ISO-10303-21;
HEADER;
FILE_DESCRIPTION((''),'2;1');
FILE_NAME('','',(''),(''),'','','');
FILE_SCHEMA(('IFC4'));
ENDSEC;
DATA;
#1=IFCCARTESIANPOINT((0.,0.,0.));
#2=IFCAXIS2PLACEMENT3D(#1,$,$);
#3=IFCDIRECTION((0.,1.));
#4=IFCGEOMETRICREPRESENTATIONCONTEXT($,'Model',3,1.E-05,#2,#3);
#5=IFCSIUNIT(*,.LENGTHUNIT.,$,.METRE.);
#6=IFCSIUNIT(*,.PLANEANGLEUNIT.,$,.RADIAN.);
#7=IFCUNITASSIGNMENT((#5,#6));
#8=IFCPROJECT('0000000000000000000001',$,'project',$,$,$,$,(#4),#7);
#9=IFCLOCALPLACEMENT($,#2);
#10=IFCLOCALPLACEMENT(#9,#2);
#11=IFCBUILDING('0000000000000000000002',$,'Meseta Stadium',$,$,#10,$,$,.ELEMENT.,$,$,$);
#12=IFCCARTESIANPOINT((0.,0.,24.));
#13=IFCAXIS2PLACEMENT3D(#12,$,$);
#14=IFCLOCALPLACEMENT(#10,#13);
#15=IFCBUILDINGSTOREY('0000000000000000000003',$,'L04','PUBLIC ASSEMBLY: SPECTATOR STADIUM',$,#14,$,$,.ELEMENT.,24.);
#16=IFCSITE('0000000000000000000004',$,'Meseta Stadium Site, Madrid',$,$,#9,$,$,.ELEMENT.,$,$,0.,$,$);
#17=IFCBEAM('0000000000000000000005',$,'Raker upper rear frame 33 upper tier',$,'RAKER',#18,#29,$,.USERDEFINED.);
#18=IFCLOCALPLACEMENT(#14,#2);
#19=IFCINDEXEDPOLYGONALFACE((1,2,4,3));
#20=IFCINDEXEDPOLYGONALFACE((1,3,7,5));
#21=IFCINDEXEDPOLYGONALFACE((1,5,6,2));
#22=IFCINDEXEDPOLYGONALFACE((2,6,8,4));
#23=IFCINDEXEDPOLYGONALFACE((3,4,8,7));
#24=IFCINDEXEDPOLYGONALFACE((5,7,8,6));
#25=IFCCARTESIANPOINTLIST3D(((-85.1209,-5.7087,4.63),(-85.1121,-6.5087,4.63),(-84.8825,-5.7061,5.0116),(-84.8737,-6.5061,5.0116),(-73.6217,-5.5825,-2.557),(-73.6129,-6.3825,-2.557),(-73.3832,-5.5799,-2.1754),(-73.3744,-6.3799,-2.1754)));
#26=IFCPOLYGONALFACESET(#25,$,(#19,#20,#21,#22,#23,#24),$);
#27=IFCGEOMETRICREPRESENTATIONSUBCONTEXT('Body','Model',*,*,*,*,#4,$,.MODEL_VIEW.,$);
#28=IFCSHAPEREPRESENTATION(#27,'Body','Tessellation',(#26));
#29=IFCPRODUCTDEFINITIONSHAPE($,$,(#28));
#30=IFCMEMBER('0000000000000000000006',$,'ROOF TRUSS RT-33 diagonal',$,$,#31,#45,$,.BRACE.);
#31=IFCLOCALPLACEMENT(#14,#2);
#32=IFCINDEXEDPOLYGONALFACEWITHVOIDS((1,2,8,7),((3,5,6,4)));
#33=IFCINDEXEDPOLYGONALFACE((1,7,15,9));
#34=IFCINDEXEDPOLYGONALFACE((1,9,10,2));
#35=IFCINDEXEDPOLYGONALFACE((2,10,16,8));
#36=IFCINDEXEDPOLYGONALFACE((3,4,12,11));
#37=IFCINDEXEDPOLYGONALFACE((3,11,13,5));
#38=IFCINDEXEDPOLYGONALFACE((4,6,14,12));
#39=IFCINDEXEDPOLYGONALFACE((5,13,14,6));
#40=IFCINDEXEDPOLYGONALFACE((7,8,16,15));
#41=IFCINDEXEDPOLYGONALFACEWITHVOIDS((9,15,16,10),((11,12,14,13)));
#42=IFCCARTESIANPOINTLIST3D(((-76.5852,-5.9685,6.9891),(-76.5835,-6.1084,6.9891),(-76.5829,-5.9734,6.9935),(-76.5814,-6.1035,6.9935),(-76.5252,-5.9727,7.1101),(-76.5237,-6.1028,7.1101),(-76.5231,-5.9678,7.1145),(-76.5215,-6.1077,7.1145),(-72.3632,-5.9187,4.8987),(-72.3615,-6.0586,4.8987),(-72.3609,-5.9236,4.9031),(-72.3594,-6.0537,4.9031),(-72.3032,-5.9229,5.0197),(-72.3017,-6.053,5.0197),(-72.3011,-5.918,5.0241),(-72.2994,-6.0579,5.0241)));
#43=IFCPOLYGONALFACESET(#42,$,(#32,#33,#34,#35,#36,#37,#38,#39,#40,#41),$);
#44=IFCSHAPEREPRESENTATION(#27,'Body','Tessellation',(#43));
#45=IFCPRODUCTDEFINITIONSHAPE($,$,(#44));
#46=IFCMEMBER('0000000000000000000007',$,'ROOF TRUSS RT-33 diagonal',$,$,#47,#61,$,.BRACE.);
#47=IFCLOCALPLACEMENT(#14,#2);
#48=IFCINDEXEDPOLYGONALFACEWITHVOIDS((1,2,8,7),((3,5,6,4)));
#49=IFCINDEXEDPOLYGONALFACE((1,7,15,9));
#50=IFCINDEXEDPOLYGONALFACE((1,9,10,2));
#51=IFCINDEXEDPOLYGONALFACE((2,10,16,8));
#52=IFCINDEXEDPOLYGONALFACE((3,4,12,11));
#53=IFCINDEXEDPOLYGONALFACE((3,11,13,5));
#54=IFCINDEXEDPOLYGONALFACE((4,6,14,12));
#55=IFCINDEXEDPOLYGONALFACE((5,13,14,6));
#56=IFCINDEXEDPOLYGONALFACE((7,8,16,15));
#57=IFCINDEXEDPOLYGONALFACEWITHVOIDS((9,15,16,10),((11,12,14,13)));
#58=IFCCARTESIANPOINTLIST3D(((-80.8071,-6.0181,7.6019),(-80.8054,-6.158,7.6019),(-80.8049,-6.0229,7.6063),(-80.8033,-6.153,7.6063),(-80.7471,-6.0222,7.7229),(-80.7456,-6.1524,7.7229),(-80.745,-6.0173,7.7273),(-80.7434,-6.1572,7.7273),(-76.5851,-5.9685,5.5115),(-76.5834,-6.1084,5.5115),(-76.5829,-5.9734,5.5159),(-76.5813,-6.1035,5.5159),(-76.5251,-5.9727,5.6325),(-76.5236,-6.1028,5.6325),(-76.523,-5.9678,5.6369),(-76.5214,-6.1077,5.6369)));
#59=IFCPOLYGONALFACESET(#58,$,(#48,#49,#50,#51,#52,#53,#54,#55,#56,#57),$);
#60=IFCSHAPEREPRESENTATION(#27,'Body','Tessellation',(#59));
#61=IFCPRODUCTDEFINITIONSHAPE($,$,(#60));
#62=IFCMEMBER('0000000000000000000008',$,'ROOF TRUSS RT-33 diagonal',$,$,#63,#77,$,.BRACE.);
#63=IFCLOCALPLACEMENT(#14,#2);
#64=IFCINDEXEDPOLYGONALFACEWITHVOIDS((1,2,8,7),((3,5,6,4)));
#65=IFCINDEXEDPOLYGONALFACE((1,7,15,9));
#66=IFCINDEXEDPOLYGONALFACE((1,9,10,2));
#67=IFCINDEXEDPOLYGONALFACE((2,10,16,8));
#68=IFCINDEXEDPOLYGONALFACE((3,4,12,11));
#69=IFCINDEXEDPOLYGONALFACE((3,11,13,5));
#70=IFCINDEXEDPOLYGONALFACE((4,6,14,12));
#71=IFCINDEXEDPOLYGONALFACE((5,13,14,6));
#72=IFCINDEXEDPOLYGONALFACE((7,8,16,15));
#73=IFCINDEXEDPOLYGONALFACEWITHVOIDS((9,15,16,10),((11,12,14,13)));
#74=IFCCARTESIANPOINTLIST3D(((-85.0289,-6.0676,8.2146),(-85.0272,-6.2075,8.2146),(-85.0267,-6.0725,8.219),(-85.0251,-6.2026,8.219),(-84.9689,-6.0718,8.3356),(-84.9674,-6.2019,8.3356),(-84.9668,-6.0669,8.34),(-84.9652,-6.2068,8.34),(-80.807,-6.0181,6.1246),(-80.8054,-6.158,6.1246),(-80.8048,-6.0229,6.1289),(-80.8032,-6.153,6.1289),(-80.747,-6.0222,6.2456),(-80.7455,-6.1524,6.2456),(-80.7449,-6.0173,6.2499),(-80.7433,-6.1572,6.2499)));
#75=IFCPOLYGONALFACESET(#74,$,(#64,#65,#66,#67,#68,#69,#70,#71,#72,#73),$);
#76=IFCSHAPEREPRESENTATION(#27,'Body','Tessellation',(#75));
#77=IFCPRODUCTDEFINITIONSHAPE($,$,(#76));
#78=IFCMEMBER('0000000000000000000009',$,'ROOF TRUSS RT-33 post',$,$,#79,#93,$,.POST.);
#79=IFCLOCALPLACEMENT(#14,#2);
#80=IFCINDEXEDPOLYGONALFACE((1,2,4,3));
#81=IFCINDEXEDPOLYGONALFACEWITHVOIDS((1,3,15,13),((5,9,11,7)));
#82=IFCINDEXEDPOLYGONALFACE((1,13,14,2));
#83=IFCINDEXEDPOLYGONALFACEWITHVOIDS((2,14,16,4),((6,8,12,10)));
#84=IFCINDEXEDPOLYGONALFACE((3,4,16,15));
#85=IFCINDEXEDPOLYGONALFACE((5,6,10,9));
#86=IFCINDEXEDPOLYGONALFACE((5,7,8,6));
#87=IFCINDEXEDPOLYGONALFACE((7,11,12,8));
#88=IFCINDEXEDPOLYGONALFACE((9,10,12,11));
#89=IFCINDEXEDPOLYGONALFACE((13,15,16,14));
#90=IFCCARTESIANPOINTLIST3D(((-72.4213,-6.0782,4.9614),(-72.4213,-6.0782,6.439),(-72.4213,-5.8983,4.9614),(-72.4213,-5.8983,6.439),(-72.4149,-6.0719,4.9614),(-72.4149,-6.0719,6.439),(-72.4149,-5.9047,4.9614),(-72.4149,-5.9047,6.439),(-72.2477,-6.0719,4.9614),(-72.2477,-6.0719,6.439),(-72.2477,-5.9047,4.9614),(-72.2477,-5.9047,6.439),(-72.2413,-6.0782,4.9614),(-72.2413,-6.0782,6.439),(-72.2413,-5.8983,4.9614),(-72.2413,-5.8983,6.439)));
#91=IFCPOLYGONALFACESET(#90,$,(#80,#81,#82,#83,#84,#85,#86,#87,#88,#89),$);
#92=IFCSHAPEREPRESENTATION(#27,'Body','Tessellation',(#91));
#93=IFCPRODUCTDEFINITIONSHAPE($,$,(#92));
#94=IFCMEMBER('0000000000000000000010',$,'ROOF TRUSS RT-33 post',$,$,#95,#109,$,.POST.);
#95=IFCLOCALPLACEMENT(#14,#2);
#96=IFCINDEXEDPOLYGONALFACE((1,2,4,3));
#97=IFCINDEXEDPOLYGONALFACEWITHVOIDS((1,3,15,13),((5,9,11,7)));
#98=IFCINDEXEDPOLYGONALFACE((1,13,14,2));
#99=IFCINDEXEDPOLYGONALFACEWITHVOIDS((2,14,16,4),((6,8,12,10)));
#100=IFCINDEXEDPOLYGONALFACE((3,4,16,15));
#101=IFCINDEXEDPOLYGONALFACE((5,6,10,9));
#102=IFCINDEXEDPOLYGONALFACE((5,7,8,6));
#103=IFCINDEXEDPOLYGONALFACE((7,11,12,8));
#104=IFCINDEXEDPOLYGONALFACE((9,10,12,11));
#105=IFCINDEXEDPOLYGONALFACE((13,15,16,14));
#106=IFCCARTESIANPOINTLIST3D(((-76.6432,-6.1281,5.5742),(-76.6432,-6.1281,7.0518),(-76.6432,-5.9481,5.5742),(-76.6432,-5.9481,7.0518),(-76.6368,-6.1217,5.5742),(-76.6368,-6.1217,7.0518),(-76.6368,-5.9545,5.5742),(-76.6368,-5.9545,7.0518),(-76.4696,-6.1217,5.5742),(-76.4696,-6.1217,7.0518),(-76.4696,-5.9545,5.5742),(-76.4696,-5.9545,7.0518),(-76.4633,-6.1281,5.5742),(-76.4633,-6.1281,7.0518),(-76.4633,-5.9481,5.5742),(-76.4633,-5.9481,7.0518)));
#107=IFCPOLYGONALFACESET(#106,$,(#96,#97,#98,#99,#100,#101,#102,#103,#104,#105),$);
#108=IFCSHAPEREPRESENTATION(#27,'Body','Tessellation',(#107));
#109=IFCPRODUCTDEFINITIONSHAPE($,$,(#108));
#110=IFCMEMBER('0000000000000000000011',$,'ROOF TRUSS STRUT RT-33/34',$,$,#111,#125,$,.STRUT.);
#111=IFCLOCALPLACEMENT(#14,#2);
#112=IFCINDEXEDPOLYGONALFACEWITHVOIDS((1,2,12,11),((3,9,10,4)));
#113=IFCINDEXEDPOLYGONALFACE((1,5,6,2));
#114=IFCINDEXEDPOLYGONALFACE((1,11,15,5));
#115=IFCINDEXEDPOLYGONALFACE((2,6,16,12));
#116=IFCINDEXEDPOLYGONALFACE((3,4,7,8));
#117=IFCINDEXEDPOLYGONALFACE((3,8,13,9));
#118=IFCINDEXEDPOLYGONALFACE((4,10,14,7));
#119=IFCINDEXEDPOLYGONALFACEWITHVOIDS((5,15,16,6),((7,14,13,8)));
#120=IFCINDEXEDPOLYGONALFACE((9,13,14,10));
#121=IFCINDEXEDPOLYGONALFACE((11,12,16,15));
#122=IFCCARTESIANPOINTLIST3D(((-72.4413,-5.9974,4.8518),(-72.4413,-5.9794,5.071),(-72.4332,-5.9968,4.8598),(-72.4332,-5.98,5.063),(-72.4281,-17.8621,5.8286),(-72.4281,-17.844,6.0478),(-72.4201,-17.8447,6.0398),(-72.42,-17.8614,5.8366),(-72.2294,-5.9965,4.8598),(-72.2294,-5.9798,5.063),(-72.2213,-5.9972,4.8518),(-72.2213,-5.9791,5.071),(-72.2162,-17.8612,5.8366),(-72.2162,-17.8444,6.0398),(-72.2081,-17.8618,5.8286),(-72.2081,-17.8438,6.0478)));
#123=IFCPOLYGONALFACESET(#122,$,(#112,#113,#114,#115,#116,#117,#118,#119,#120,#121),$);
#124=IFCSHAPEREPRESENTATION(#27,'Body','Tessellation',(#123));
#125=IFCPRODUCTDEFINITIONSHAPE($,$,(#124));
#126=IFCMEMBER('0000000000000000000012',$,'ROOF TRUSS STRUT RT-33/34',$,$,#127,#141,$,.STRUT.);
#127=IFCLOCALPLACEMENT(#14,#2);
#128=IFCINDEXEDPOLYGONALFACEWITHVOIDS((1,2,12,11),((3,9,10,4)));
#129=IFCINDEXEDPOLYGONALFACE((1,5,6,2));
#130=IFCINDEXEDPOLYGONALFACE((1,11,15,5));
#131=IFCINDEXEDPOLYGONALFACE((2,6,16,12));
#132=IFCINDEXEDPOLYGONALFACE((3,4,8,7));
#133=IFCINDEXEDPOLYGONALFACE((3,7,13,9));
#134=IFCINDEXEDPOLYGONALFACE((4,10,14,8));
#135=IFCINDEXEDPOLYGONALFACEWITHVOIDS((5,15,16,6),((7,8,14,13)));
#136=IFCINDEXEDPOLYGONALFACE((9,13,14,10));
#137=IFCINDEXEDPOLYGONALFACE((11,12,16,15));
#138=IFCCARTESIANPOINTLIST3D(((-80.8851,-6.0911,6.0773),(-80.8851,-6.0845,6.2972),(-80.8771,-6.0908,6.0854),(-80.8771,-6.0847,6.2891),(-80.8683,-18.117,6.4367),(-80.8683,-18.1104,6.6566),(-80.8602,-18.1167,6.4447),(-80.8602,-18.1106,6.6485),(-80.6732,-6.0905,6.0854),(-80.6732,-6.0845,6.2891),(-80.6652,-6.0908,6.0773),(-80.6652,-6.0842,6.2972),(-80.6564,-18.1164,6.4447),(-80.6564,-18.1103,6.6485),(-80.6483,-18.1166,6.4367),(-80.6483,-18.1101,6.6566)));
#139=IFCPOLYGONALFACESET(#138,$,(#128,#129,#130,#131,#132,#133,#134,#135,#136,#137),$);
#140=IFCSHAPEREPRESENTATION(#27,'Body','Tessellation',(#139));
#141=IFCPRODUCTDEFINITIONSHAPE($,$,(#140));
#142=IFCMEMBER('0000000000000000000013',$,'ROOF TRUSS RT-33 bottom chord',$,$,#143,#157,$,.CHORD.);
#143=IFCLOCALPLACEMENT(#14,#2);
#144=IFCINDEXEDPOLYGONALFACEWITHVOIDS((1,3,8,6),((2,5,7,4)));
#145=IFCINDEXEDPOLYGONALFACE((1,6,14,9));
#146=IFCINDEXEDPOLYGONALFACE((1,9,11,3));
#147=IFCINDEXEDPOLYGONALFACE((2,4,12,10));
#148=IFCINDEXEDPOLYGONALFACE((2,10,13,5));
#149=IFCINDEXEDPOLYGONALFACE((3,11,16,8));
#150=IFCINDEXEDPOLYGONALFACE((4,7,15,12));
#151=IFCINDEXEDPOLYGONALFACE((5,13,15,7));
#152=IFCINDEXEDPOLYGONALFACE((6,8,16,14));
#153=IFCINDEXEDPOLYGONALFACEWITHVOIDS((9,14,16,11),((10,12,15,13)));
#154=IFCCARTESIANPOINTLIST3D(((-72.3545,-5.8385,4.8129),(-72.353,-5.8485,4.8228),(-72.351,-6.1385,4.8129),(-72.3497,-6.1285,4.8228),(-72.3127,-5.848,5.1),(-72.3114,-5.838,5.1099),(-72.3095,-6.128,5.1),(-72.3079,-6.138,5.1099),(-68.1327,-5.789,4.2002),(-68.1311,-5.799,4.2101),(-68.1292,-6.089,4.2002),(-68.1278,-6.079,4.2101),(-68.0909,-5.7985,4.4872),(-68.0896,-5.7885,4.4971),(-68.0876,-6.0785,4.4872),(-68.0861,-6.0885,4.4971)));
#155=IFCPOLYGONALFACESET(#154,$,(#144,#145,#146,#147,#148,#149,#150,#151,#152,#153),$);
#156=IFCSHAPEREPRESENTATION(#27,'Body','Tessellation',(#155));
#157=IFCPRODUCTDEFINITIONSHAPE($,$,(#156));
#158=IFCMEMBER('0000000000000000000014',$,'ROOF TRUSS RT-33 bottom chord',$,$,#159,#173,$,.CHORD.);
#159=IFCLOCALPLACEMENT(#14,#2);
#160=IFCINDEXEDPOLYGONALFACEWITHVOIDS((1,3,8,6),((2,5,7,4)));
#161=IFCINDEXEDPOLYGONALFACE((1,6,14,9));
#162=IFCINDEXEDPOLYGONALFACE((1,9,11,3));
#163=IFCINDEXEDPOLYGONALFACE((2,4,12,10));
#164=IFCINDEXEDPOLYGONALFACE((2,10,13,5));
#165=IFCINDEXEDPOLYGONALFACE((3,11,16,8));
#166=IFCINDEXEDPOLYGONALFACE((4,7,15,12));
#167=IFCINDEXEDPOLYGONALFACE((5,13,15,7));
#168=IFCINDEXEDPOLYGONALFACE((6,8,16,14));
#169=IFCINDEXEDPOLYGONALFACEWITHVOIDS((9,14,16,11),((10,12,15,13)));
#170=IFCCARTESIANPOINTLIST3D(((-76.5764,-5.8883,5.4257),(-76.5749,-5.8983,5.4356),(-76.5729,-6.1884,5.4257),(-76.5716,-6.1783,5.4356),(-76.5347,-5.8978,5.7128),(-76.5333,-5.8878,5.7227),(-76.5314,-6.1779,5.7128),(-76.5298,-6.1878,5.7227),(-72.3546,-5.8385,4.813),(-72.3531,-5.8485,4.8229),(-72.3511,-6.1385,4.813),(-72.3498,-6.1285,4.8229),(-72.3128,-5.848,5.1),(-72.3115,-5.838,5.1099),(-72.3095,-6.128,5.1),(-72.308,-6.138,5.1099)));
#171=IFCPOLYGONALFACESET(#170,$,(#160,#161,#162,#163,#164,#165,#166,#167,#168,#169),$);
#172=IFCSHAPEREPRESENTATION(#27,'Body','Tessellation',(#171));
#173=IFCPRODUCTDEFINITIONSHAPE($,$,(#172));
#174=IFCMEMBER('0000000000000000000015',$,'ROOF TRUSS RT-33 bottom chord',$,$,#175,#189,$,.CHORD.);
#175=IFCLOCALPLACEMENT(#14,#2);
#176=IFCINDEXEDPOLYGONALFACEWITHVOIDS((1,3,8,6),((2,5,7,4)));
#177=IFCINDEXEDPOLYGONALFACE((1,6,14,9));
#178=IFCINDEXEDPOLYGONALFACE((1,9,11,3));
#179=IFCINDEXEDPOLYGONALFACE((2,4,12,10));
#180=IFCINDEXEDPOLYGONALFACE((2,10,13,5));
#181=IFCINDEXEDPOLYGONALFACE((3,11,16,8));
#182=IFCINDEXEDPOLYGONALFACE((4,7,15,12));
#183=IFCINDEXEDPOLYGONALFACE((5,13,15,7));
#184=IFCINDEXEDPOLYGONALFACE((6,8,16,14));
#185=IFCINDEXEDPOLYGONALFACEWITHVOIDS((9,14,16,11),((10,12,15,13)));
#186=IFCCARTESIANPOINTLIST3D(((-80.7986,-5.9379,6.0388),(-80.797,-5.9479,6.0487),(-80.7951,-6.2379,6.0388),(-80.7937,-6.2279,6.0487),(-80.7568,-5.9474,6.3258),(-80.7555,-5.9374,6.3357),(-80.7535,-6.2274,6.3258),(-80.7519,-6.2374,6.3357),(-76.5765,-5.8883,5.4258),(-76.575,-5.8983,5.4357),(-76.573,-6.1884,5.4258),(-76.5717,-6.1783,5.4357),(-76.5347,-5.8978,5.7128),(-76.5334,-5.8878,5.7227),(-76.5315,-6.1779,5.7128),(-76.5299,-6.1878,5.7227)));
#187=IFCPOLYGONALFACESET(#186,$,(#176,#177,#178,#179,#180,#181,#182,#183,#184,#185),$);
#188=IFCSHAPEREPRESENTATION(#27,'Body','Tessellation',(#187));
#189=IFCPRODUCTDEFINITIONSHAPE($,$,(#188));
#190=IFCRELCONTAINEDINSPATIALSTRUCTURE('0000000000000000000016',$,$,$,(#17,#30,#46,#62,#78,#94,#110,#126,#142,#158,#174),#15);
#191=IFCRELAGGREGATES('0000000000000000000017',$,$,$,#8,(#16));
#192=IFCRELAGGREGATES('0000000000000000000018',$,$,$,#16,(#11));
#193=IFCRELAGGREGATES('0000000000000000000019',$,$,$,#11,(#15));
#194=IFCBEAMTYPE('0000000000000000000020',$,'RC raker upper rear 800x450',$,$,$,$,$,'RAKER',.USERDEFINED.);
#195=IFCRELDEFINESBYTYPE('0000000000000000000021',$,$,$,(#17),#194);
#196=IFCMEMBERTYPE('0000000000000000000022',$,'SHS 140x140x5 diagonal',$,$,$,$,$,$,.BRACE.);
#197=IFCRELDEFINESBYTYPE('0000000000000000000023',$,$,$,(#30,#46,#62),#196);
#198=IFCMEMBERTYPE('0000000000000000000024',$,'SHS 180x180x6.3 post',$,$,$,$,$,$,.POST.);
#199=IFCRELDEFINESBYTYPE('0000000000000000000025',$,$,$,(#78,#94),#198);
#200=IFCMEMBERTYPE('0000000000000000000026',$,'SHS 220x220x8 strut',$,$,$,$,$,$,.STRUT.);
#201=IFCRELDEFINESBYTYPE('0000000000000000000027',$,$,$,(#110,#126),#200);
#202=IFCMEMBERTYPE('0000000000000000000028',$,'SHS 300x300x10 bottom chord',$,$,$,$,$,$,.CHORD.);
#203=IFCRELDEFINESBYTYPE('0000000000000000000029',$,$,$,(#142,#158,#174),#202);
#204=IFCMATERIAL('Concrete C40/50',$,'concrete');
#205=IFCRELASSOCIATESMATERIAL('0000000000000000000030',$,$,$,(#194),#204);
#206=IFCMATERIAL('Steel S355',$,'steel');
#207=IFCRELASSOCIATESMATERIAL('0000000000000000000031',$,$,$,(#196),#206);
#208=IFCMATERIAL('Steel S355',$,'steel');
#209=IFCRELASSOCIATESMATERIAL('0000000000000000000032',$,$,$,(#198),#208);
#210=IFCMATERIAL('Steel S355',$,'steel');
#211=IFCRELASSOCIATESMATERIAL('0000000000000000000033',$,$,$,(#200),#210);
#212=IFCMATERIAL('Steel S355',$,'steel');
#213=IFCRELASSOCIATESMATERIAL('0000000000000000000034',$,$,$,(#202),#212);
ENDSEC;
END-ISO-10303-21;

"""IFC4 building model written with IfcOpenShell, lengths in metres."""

from ifc_helpers import new_model, si_unit, direction, frame, origin, origin_2d, place, context, subcontext, project, spatial, rectangle, hollow_rectangle, extrude, material, material_profile, profile_set, type_object, element, save


model = new_model("IFC4")

# Units and contexts
model_context = context("Model", 3, precision=1e-05, world=origin(), true_north=direction((0.0, 1.0)))
body_context = subcontext(model_context, "Body", "Model", "MODEL_VIEW")
ifc_project = project(units=[si_unit("LENGTHUNIT", "METRE"), si_unit("PLANEANGLEUNIT", "RADIAN")], contexts=[model_context])

# Site, building, storey
site_placement = place(None, origin())
site = spatial("IfcSite", under=ifc_project, at=site_placement, Name="Meseta Stadium Site, Madrid", CompositionType="ELEMENT", RefElevation=0.0)
building_placement = place(site_placement, origin())
building = spatial("IfcBuilding", under=site, at=building_placement, Name="Meseta Stadium", CompositionType="ELEMENT")
storey_placement = place(building_placement, frame((0.0, 0.0, 24.0)))
storey = spatial("IfcBuildingStorey", under=building, at=storey_placement, Name="L04", Description="PUBLIC ASSEMBLY: SPECTATOR STADIUM", CompositionType="ELEMENT", Elevation=24.0)

# Beam
ifc_material_1 = material(Name="Concrete C40/50", Category="concrete")
ifc_material_profile_1 = material_profile(ifc_material_1, rectangle(XDim=0.8, YDim=0.45, at=origin_2d()), Name="RC 800x450")
ifc_profile_set_1 = profile_set([ifc_material_profile_1], Name="Concrete C40/50")
beam_type = type_object("IfcBeamType", Name="RC raker upper rear 800x450", ElementType="RAKER", PredefinedType="USERDEFINED", material=ifc_profile_set_1)
beam_placement = place(storey_placement, frame((-73.498, -5.9812, -2.3662), z_axis=(-0.847963, -0.009308, 0.529974), x_axis=(0.010976, -0.99994, 0.0)))
element("IfcBeam", 1, at=beam_placement, inside=storey, type_object=beam_type, Name="Raker upper rear frame 33 upper tier", ObjectType="RAKER", PredefinedType="USERDEFINED", context=body_context, shape_type="SweptSolid", body=[
    extrude(rectangle(XDim=0.8, YDim=0.45, at=origin_2d()), origin(), (0.0, 0.0, 1.0), 13.561),
])

# Members
ifc_material_2 = material(Name="Steel S355", Category="steel")
ifc_material_profile_2 = material_profile(ifc_material_2, hollow_rectangle(XDim=0.1399, YDim=0.1399, WallThickness=0.0049, at=origin_2d()), Name="SHS 140x140x5")
ifc_profile_set_2 = profile_set([ifc_material_profile_2], Name="Steel S355")
member_type_1 = type_object("IfcMemberType", Name="SHS 140x140x5 diagonal", PredefinedType="BRACE", material=ifc_profile_set_2)
for number, where, z_axis, x_axis, name in (
    (2, (-72.3313, -5.9883, 4.9614), (-0.896122, -0.010571, 0.443682), (0.011796, -0.99993, 0.0), "ROOF TRUSS RT-33 diagonal"),
    (3, (-76.5532, -6.0381, 5.5742), (-0.896122, -0.010519, 0.443682), (0.011738, -0.999931, 0.0), "ROOF TRUSS RT-33 diagonal"),
):
    element("IfcMember", number, at=place(storey_placement, frame(where, z_axis=z_axis, x_axis=x_axis)), inside=storey, type_object=member_type_1, Name=name, PredefinedType="BRACE", context=body_context, shape_type="SweptSolid", body=[
        extrude(hollow_rectangle(XDim=0.1399, YDim=0.1399, WallThickness=0.0049, at=origin_2d()), origin(), (0.0, 0.0, 1.0), 4.7114),
    ])
member_1_placement = place(storey_placement, frame((-80.7751, -6.0876, 6.1873), z_axis=(-0.896143, -0.01052, 0.443641), x_axis=(0.011738, -0.999931, 0.0)))
element("IfcMember", 4, at=member_1_placement, inside=storey, type_object=member_type_1, Name="ROOF TRUSS RT-33 diagonal", PredefinedType="BRACE", context=body_context, shape_type="SweptSolid", body=[
    extrude(hollow_rectangle(XDim=0.1399, YDim=0.1399, WallThickness=0.0049, at=origin_2d()), origin(), (0.0, 0.0, 1.0), 4.7112),
])
ifc_material_3 = material(Name="Steel S355", Category="steel")
ifc_material_profile_3 = material_profile(ifc_material_3, hollow_rectangle(XDim=0.1799, YDim=0.1799, WallThickness=0.0063, at=origin_2d()), Name="SHS 180x180x6.3")
ifc_profile_set_3 = profile_set([ifc_material_profile_3], Name="Steel S355")
member_type_2 = type_object("IfcMemberType", Name="SHS 180x180x6.3 post", PredefinedType="POST", material=ifc_profile_set_3)
for number, where, z_axis, x_axis, name in (
    (5, (-72.3313, -5.9883, 4.9614), (0.0, 0.0, 1.0), (1.0, 0.0, 0.0), "ROOF TRUSS RT-33 post"),
    (6, (-76.5532, -6.0381, 5.5742), (0.0, 0.0, 1.0), (1.0, 0.0, 0.0), "ROOF TRUSS RT-33 post"),
):
    element("IfcMember", number, at=place(storey_placement, frame(where, z_axis=z_axis, x_axis=x_axis)), inside=storey, type_object=member_type_2, Name=name, PredefinedType="POST", context=body_context, shape_type="SweptSolid", body=[
        extrude(hollow_rectangle(XDim=0.1799, YDim=0.1799, WallThickness=0.0063, at=origin_2d()), origin(), (0.0, 0.0, 1.0), 1.4775),
    ])
ifc_material_4 = material(Name="Steel S355", Category="steel")
ifc_material_profile_4 = material_profile(ifc_material_4, hollow_rectangle(XDim=0.22, YDim=0.22, WallThickness=0.0081, at=origin_2d()), Name="SHS 220x220x8")
ifc_profile_set_4 = profile_set([ifc_material_profile_4], Name="Steel S355")
member_type_3 = type_object("IfcMemberType", Name="SHS 220x220x8 strut", PredefinedType="STRUT", material=ifc_profile_set_4)
member_2_placement = place(storey_placement, frame((-72.3313, -5.9883, 4.9614), z_axis=(0.001107, -0.996628, 0.082051), x_axis=(0.999999, 0.001111, 0.0)))
element("IfcMember", 7, at=member_2_placement, inside=storey, type_object=member_type_3, Name="ROOF TRUSS STRUT RT-33/34", PredefinedType="STRUT", context=body_context, shape_type="SweptSolid", body=[
    extrude(hollow_rectangle(XDim=0.22, YDim=0.22, WallThickness=0.0081, at=origin_2d()), origin(), (0.0, 0.0, 1.0), 11.9048),
])
member_3_placement = place(storey_placement, frame((-80.7751, -6.0876, 6.1873), z_axis=(0.0014, -0.999553, 0.02987), x_axis=(0.999999, 0.001401, 0.0)))
element("IfcMember", 8, at=member_3_placement, inside=storey, type_object=member_type_3, Name="ROOF TRUSS STRUT RT-33/34", PredefinedType="STRUT", context=body_context, shape_type="SweptSolid", body=[
    extrude(hollow_rectangle(XDim=0.22, YDim=0.22, WallThickness=0.0081, at=origin_2d()), origin(), (0.0, 0.0, 1.0), 12.0312),
])
ifc_material_5 = material(Name="Steel S355", Category="steel")
ifc_material_profile_5 = material_profile(ifc_material_5, hollow_rectangle(XDim=0.3, YDim=0.3, WallThickness=0.01, at=origin_2d()), Name="SHS 300x300x10")
ifc_profile_set_5 = profile_set([ifc_material_profile_5], Name="Steel S355")
member_type_4 = type_object("IfcMemberType", Name="SHS 300x300x10 bottom chord", PredefinedType="CHORD", material=ifc_profile_set_5)
for number, where, z_axis, x_axis, name in (
    (9, (-68.1094, -5.9387, 4.3486), (-0.989563, -0.011616, 0.143631), (0.011738, -0.999931, 0.0), "ROOF TRUSS RT-33 bottom chord"),
    (10, (-72.3313, -5.9883, 4.9614), (-0.989563, -0.011674, 0.14363), (0.011796, -0.99993, 0.0), "ROOF TRUSS RT-33 bottom chord"),
):
    element("IfcMember", number, at=place(storey_placement, frame(where, z_axis=z_axis, x_axis=x_axis)), inside=storey, type_object=member_type_4, Name=name, PredefinedType="CHORD", context=body_context, shape_type="SweptSolid", body=[
        extrude(hollow_rectangle(XDim=0.3, YDim=0.3, WallThickness=0.01, at=origin_2d()), origin(), (0.0, 0.0, 1.0), 4.2664),
    ])
member_4_placement = place(storey_placement, frame((-76.5532, -6.0381, 5.5742), z_axis=(-0.989555, -0.011616, 0.143687), x_axis=(0.011738, -0.999931, 0.0)))
element("IfcMember", 11, at=member_4_placement, inside=storey, type_object=member_type_4, Name="ROOF TRUSS RT-33 bottom chord", PredefinedType="CHORD", context=body_context, shape_type="SweptSolid", body=[
    extrude(hollow_rectangle(XDim=0.3, YDim=0.3, WallThickness=0.01, at=origin_2d()), origin(), (0.0, 0.0, 1.0), 4.2666),
])

save(model, "model.ifc")
